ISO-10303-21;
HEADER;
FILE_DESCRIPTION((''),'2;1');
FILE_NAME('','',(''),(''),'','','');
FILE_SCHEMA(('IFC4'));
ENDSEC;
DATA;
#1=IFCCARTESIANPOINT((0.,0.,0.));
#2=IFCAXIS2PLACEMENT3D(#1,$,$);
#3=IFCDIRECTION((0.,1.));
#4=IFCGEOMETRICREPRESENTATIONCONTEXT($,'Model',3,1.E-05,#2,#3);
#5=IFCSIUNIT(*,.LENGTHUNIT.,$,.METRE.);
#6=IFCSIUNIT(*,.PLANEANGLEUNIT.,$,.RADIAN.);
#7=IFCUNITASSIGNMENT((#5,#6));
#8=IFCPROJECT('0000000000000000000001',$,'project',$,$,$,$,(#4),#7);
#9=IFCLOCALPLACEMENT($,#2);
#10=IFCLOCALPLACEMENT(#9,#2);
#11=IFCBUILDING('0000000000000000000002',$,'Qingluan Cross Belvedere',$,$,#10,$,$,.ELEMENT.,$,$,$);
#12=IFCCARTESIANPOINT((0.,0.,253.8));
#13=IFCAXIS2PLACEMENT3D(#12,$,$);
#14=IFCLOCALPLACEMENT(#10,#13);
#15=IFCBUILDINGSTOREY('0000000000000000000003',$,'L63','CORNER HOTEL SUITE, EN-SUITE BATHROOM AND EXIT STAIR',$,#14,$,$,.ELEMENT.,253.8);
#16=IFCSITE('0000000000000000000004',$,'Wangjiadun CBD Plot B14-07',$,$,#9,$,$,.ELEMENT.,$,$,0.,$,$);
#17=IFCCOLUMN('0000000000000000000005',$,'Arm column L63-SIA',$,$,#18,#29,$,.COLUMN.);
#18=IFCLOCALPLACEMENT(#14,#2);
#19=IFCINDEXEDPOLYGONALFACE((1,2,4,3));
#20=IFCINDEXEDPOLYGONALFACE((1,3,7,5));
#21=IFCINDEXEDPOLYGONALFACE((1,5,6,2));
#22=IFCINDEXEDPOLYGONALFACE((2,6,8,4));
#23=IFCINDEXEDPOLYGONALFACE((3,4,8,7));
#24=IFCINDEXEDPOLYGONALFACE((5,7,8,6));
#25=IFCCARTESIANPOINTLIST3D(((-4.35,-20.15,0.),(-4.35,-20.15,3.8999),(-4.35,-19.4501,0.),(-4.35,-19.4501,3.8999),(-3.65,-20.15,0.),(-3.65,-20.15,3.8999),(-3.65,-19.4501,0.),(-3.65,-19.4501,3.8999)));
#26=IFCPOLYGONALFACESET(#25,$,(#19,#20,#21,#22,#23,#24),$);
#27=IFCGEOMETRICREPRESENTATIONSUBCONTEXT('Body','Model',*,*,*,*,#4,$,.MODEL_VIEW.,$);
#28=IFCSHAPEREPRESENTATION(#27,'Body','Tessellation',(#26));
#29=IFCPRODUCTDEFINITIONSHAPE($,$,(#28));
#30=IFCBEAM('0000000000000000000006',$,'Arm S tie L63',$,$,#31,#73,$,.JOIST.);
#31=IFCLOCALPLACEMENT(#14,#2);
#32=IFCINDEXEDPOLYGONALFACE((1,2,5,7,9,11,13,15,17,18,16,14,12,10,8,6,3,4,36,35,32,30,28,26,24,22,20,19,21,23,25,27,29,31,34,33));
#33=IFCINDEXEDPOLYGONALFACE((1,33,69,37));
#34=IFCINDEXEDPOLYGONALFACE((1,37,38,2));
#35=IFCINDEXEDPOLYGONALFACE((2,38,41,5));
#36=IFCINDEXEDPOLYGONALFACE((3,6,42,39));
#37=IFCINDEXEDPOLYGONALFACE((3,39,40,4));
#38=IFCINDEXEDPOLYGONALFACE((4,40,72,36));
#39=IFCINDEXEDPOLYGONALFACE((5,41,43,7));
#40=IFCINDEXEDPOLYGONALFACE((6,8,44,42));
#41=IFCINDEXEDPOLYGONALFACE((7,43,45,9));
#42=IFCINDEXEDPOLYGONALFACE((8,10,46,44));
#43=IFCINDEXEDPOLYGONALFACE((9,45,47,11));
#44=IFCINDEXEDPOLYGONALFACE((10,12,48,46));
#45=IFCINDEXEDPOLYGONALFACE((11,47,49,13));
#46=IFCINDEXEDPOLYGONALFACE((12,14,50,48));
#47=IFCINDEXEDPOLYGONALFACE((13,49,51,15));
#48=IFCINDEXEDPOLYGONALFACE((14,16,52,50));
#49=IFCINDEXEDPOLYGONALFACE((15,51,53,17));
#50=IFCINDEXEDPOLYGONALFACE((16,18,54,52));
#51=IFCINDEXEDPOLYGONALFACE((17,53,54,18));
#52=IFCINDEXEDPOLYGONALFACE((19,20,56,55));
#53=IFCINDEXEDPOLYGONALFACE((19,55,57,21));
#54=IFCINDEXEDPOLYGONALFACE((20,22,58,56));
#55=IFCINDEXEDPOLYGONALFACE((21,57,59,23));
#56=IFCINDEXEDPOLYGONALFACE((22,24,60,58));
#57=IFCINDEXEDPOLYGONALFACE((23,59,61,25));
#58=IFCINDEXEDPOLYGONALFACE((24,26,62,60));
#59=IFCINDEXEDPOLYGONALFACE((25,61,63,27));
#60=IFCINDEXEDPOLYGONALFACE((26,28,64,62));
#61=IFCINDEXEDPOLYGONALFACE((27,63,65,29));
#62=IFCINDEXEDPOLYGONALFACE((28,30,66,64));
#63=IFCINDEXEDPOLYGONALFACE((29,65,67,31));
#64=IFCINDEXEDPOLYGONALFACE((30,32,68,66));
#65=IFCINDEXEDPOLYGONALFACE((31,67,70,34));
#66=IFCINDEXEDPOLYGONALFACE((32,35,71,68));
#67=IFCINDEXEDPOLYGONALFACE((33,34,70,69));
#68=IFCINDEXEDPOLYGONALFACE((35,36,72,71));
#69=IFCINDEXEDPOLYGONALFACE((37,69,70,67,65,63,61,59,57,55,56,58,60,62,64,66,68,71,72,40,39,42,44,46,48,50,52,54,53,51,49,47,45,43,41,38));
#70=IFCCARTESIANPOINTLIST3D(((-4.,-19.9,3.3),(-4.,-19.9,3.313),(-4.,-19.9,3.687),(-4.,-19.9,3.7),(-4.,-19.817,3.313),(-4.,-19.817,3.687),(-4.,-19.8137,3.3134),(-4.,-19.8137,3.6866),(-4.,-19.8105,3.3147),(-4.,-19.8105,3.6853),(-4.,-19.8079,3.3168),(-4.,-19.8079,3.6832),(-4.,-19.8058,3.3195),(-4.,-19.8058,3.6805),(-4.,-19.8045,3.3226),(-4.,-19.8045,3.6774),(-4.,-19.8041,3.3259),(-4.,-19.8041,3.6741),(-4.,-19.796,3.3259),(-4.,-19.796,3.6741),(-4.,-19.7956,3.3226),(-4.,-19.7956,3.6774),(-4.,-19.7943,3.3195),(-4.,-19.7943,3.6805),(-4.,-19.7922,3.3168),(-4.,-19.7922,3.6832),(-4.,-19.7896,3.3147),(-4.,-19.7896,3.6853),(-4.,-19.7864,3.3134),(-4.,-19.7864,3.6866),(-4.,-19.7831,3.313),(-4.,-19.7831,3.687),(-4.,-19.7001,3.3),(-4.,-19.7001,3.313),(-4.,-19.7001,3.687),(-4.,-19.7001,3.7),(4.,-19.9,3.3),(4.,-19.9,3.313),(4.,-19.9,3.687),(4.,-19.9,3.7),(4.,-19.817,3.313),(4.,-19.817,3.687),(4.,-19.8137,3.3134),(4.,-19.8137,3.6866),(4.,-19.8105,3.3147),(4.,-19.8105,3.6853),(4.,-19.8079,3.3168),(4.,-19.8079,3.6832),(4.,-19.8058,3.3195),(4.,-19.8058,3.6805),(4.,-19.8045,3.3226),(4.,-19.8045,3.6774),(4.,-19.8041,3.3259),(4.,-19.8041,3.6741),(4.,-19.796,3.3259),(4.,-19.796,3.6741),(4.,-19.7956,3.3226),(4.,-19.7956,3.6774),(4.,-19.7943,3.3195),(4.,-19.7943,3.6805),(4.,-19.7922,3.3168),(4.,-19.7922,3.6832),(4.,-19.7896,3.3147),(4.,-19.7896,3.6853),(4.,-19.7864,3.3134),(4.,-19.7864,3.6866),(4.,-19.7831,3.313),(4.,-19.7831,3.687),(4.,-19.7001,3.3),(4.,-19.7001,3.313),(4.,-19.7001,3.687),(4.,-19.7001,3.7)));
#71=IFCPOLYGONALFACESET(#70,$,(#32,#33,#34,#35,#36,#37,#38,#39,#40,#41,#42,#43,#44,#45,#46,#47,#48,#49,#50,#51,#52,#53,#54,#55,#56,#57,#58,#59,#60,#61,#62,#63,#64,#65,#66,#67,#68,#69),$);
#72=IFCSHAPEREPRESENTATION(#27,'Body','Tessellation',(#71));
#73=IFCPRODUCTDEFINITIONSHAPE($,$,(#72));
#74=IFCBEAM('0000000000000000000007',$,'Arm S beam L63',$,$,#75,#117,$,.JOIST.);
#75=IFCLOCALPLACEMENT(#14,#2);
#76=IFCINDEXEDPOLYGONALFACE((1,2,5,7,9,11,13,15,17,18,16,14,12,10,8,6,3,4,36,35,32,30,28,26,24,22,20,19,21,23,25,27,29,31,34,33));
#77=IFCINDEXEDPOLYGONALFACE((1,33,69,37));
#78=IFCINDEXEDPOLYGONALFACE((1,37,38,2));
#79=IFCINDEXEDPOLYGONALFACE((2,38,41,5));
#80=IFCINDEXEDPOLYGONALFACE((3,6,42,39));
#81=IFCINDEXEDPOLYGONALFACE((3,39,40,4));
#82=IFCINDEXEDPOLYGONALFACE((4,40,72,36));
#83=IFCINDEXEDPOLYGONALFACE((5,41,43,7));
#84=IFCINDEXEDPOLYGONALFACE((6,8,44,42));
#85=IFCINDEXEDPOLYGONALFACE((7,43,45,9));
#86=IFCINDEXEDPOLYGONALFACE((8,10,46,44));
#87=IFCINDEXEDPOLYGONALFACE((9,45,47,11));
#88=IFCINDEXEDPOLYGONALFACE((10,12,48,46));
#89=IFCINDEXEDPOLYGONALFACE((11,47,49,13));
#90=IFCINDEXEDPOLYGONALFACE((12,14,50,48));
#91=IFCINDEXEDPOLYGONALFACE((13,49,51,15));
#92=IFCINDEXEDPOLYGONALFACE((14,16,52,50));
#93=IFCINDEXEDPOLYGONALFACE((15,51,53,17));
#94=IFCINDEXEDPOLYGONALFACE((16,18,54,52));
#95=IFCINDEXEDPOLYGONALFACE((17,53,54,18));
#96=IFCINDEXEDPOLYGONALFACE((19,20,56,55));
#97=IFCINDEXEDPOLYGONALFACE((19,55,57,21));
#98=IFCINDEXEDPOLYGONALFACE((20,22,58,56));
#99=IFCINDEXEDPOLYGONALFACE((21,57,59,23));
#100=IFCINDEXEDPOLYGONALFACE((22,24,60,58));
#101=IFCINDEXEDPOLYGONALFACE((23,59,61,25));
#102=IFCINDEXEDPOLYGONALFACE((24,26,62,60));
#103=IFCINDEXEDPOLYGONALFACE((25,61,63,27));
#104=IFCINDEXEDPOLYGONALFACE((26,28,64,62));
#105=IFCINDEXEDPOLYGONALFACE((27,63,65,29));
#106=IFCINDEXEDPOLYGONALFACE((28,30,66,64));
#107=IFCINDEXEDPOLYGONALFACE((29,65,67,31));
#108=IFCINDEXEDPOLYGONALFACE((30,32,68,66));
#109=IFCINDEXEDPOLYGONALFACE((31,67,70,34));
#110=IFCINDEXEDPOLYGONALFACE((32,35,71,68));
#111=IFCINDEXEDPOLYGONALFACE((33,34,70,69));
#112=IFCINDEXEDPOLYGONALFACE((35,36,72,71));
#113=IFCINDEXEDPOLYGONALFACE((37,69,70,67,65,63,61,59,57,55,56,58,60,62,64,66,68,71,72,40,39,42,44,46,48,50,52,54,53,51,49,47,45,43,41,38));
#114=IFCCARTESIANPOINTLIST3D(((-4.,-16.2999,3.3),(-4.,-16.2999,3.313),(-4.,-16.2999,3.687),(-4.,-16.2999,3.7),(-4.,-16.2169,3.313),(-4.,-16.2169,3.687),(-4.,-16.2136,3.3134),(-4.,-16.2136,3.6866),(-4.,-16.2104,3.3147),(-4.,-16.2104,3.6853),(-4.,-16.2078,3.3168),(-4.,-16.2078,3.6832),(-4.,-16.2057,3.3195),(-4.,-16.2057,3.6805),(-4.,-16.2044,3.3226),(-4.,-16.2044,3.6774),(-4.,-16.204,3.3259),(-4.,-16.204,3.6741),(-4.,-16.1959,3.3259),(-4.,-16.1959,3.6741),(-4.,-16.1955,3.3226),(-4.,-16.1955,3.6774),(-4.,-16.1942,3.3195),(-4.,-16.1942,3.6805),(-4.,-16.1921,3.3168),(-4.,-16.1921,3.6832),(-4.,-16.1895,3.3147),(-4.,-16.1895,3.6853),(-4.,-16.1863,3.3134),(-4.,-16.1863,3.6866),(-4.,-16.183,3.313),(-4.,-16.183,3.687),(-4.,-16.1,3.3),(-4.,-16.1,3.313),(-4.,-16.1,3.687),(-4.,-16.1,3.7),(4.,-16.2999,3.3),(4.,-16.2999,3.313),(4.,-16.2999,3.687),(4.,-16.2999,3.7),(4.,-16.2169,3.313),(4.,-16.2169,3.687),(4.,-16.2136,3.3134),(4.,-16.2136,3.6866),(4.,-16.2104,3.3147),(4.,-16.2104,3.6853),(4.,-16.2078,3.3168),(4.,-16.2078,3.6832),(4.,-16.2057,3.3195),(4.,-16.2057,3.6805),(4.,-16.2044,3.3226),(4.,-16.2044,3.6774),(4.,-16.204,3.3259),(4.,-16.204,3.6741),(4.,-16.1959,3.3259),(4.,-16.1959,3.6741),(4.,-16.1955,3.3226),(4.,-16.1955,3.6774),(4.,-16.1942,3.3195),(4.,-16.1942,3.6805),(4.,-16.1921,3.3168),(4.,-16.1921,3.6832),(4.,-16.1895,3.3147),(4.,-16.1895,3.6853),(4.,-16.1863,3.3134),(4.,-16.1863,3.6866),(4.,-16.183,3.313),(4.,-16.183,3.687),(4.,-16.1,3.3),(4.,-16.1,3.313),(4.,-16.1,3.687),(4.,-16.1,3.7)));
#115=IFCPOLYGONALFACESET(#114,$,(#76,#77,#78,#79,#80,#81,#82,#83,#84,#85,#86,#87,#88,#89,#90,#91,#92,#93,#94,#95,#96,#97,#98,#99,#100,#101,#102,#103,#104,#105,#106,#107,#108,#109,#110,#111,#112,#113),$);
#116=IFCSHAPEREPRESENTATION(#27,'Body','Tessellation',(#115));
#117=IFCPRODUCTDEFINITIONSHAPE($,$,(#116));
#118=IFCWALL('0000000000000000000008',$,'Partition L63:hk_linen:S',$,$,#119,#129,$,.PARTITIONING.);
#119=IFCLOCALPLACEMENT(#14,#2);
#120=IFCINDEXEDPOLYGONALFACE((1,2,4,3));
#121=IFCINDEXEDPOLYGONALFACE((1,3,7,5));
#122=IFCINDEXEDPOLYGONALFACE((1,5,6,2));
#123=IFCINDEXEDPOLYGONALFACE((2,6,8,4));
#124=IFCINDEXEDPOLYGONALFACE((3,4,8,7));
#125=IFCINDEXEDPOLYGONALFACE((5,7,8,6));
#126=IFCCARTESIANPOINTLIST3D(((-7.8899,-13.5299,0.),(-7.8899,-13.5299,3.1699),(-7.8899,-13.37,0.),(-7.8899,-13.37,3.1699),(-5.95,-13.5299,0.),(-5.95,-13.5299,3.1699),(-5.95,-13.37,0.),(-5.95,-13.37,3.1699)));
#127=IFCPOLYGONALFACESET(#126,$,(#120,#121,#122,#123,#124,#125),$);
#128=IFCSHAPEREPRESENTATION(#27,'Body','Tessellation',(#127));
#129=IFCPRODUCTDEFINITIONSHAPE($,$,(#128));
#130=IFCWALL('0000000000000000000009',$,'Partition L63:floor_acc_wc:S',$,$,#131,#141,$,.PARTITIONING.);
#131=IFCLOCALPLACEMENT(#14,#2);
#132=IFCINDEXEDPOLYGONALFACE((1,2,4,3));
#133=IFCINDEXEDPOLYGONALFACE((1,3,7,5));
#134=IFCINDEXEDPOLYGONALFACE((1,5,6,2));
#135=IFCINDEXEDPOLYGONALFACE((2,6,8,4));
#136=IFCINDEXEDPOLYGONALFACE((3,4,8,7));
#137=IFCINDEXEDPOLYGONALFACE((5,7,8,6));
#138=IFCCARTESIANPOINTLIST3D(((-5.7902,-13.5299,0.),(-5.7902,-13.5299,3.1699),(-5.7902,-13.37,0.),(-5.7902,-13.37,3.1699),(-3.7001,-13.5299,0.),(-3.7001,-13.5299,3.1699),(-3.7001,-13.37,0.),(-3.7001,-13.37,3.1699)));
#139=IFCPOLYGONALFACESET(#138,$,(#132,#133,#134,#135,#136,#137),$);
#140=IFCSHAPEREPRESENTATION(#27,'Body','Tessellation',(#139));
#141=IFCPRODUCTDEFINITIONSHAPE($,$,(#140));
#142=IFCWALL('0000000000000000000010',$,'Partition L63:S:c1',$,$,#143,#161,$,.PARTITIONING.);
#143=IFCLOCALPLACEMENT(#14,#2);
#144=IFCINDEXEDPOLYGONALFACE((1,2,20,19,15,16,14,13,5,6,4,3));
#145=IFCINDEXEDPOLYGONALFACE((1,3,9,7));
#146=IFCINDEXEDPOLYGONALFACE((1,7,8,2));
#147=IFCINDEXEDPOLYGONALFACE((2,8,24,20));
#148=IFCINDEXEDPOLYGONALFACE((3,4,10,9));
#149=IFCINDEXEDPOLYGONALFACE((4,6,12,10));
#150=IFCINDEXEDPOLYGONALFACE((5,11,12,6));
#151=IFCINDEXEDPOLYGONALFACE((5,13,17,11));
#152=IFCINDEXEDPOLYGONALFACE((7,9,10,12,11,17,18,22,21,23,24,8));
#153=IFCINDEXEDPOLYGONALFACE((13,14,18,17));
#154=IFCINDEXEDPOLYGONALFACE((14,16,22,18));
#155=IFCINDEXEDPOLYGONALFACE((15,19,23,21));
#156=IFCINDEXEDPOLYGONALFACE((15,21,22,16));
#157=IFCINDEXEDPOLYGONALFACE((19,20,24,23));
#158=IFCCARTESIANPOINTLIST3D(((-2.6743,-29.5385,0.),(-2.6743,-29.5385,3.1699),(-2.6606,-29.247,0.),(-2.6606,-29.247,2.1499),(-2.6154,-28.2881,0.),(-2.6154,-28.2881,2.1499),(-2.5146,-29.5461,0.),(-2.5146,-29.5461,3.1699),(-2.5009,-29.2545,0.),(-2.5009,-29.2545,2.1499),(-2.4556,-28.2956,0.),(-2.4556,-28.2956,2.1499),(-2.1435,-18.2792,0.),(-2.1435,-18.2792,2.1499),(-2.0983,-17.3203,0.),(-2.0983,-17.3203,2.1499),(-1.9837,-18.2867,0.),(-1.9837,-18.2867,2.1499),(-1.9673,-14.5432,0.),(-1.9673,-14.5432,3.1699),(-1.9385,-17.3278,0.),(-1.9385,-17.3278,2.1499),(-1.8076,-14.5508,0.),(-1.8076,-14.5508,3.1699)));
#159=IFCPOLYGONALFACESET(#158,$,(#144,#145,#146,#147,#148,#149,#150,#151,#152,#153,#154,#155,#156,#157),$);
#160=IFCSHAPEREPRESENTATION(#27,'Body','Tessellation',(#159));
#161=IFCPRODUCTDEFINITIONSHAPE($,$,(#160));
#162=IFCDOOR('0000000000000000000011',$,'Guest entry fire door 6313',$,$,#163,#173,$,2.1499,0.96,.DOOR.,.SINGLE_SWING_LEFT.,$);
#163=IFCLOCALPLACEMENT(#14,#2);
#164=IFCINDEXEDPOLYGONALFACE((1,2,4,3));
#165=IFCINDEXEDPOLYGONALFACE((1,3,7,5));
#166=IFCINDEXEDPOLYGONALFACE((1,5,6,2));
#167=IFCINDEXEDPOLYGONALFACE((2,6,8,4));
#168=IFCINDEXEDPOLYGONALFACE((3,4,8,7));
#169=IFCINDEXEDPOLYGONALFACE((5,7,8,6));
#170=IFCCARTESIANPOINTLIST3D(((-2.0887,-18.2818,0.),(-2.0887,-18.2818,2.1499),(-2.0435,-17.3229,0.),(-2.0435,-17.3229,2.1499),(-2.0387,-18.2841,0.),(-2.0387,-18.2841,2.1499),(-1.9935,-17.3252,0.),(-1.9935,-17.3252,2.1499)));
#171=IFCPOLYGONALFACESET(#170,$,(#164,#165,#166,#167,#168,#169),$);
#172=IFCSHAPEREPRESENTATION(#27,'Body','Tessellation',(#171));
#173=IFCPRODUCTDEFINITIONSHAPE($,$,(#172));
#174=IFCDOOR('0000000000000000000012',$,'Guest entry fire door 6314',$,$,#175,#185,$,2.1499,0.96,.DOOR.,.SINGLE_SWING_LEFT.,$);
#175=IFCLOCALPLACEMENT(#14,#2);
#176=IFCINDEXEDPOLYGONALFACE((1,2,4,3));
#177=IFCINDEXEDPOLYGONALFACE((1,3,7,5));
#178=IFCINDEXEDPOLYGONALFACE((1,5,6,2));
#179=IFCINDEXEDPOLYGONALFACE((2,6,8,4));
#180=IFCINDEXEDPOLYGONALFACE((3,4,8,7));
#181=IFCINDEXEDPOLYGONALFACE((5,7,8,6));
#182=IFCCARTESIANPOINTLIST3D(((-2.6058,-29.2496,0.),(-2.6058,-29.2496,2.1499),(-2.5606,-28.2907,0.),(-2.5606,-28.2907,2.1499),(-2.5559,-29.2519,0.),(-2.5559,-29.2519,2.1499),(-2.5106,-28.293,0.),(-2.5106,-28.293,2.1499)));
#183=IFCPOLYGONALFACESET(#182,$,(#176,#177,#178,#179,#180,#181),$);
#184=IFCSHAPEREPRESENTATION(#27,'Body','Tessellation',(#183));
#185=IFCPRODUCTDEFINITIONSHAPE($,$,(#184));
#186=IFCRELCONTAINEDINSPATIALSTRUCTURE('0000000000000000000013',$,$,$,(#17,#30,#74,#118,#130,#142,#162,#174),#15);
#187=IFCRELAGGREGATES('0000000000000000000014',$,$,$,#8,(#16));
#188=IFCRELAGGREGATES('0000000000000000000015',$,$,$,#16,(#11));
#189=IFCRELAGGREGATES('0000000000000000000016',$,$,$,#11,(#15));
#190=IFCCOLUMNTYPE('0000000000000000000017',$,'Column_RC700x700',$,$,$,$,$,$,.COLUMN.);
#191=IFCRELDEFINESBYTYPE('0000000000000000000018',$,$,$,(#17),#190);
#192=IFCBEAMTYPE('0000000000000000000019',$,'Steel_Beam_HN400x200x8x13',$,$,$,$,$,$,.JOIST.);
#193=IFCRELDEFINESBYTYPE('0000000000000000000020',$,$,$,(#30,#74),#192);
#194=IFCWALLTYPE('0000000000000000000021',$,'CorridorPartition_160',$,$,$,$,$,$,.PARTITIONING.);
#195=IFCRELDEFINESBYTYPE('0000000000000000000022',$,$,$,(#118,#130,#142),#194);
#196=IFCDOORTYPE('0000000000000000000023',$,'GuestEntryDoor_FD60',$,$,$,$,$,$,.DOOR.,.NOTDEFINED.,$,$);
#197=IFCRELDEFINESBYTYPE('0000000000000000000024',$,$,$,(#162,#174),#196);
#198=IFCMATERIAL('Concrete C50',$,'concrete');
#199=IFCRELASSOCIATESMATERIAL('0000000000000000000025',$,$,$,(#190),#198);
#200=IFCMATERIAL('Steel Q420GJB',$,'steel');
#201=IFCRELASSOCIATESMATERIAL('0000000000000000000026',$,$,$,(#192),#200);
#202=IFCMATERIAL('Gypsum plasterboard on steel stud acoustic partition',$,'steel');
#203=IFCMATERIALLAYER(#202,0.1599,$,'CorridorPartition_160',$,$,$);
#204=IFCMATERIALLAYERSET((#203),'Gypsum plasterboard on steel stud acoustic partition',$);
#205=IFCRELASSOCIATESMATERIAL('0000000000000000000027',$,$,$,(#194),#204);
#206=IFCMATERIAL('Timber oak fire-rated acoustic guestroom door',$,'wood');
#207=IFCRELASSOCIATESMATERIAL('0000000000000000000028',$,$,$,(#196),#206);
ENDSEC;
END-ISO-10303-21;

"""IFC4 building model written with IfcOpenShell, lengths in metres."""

from ifc_helpers import new_model, si_unit, direction, frame, frame_2d, origin, origin_2d, place, context, subcontext, project, spatial, rectangle, i_section, extrude, material, layer, layer_set, material_profile, profile_set, type_object, element, fill, save


model = new_model("IFC4")

# Units and contexts
model_context = context("Model", 3, precision=1e-05, world=origin(), true_north=direction((0.0, 1.0)))
body_context = subcontext(model_context, "Body", "Model", "MODEL_VIEW")
ifc_project = project(units=[si_unit("LENGTHUNIT", "METRE"), si_unit("PLANEANGLEUNIT", "RADIAN")], contexts=[model_context])

# Site, building, storey
site_placement = place(None, origin())
site = spatial("IfcSite", under=ifc_project, at=site_placement, Name="Wangjiadun CBD Plot B14-07", CompositionType="ELEMENT", RefElevation=0.0)
building_placement = place(site_placement, origin())
building = spatial("IfcBuilding", under=site, at=building_placement, Name="Qingluan Cross Belvedere", CompositionType="ELEMENT")
storey_placement = place(building_placement, frame((0.0, 0.0, 253.8)))
storey = spatial("IfcBuildingStorey", under=building, at=storey_placement, Name="L63", Description="CORNER HOTEL SUITE, EN-SUITE BATHROOM AND EXIT STAIR", CompositionType="ELEMENT", Elevation=253.8)

# Column
ifc_material_1 = material(Name="Concrete C50", Category="concrete")
ifc_material_profile_1 = material_profile(ifc_material_1, rectangle(XDim=0.7, YDim=0.7, at=origin_2d()), Name="RC700x700")
ifc_profile_set_1 = profile_set([ifc_material_profile_1], Name="Concrete C50")
column_type = type_object("IfcColumnType", Name="Column_RC700x700", PredefinedType="COLUMN", material=ifc_profile_set_1)
column_placement = place(storey_placement, frame((-4.0, -19.8, 0.0), z_axis=(0.0, 0.0, 1.0), x_axis=(1.0, 0.0, 0.0)))
element("IfcColumn", 1, at=column_placement, inside=storey, type_object=column_type, Name="Arm column L63-SIA", PredefinedType="COLUMN", context=body_context, shape_type="SweptSolid", body=[
    extrude(rectangle(XDim=0.7, YDim=0.7, at=origin_2d()), origin(), (0.0, 0.0, 1.0), 3.8999),
])

# Beams
ifc_material_2 = material(Name="Steel Q420GJB", Category="steel")
ifc_material_profile_2 = material_profile(ifc_material_2, i_section(OverallWidth=0.2, OverallDepth=0.3999, WebThickness=0.0081, FlangeThickness=0.0129, FilletRadius=0.0129, at=origin_2d()), Name="HN400x200x8x13")
ifc_profile_set_2 = profile_set([ifc_material_profile_2], Name="Steel Q420GJB")
beam_type = type_object("IfcBeamType", Name="Steel_Beam_HN400x200x8x13", PredefinedType="JOIST", material=ifc_profile_set_2)
for number, where, z_axis, x_axis, name in (
    (2, (-4.0, -19.8, 3.5), (1.0, 0.0, 0.0), (0.0, 1.0, 0.0), "Arm S tie L63"),
    (3, (-4.0, -16.2, 3.5), (1.0, 0.0, 0.0), (0.0, 1.0, 0.0), "Arm S beam L63"),
):
    element("IfcBeam", number, at=place(storey_placement, frame(where, z_axis=z_axis, x_axis=x_axis)), inside=storey, type_object=beam_type, Name=name, PredefinedType="JOIST", context=body_context, shape_type="SweptSolid", body=[
        extrude(i_section(OverallWidth=0.2, OverallDepth=0.3999, WebThickness=0.0081, FlangeThickness=0.0129, FilletRadius=0.0129, at=origin_2d()), origin(), (0.0, 0.0, 1.0), 8.0),
    ])

# Walls
ifc_material_3 = material(Name="Gypsum plasterboard on steel stud acoustic partition", Category="steel")
ifc_layer_1 = layer(ifc_material_3, 0.1599, Name="CorridorPartition_160")
ifc_layer_set_1 = layer_set([ifc_layer_1], Name="Gypsum plasterboard on steel stud acoustic partition")
wall_type_1 = type_object("IfcWallType", Name="CorridorPartition_160", PredefinedType="PARTITIONING", material=ifc_layer_set_1)
wall_1_placement = place(storey_placement, frame((-7.8899, -13.45, 0.0), z_axis=(0.0, 0.0, 1.0), x_axis=(1.0, 0.0, 0.0)))
element("IfcWall", 4, at=wall_1_placement, inside=storey, type_object=wall_type_1, Name="Partition L63:hk_linen:S", PredefinedType="PARTITIONING", context=body_context, shape_type="SweptSolid", body=[
    extrude(rectangle(XDim=1.9399, YDim=0.1599, at=frame_2d((0.97, 0.0))), origin(), (0.0, 0.0, 1.0), 3.1699),
])
wall_2_placement = place(storey_placement, frame((-5.79, -13.45, 0.0), z_axis=(0.0, 0.0, 1.0), x_axis=(1.0, 0.0, 0.0)))
element("IfcWall", 5, at=wall_2_placement, inside=storey, type_object=wall_type_1, Name="Partition L63:floor_acc_wc:S", PredefinedType="PARTITIONING", context=body_context, shape_type="SweptSolid", body=[
    extrude(rectangle(XDim=2.0901, YDim=0.1599, at=frame_2d((1.0449, 0.0))), origin(), (0.0, 0.0, 1.0), 3.1699),
])

# Wall, openings, doors
wall_3_placement = place(storey_placement, frame((-1.8875, -14.5471, 0.0), z_axis=(0.0, 0.0, 1.0), x_axis=(-0.047098, -0.99889, 0.0)))
wall_3 = element("IfcWall", 6, at=wall_3_placement, inside=storey, type_object=wall_type_1, Name="Partition L63:S:c1", PredefinedType="PARTITIONING", context=body_context, shape_type="SweptSolid", body=[
    extrude(rectangle(XDim=15.012, YDim=0.1599, at=frame_2d((7.5059, 0.0))), origin(), (0.0, 0.0, 1.0), 3.1699),
])
opening_1_placement = place(wall_3_placement, frame((2.78, 0.0, 0.0)))
opening_1 = element("IfcOpeningElement", 7, at=opening_1_placement, cuts=wall_3, PredefinedType="OPENING", context=body_context, shape_type="SweptSolid", body=[
    extrude(rectangle(XDim=0.96, YDim=2.1499, at=frame_2d((0.48, 1.075))), frame((0.0, 0.0898, 0.0), z_axis=(0.0, -1.0, 0.0), x_axis=(1.0, 0.0, 0.0)), (0.0, 0.0, 1.0), 0.1799),
])
opening_2_placement = place(wall_3_placement, frame((13.76, 0.0, 0.0)))
opening_2 = element("IfcOpeningElement", 8, at=opening_2_placement, cuts=wall_3, PredefinedType="OPENING", context=body_context, shape_type="SweptSolid", body=[
    extrude(rectangle(XDim=0.96, YDim=2.1499, at=frame_2d((0.48, 1.075))), frame((0.0, 0.0898, 0.0), z_axis=(0.0, -1.0, 0.0), x_axis=(1.0, 0.0, 0.0)), (0.0, 0.0, 1.0), 0.1799),
])
ifc_material_4 = material(Name="Timber oak fire-rated acoustic guestroom door", Category="wood")
door_type_1 = type_object("IfcDoorType", Name="GuestEntryDoor_FD60", OperationType="NOTDEFINED", PredefinedType="DOOR", material=ifc_material_4)
door_1_placement = place(opening_1_placement, origin())
door_1 = element("IfcDoor", 9, at=door_1_placement, inside=storey, type_object=door_type_1, Name="Guest entry fire door 6313", OperationType="SINGLE_SWING_LEFT", OverallHeight=2.1499, OverallWidth=0.96, PredefinedType="DOOR", context=body_context, shape_type="SweptSolid", body=[
    extrude(rectangle(XDim=0.96, YDim=2.1499, at=frame_2d((0.48, 1.075))), frame((0.0, 0.0249, 0.0), z_axis=(0.0, -1.0, 0.0), x_axis=(1.0, 0.0, 0.0)), (0.0, 0.0, 1.0), 0.05),
])
fill(opening_1, door_1)
door_2_placement = place(opening_2_placement, origin())
door_2 = element("IfcDoor", 10, at=door_2_placement, inside=storey, type_object=door_type_1, Name="Guest entry fire door 6314", OperationType="SINGLE_SWING_LEFT", OverallHeight=2.1499, OverallWidth=0.96, PredefinedType="DOOR", context=body_context, shape_type="SweptSolid", body=[
    extrude(rectangle(XDim=0.96, YDim=2.1499, at=frame_2d((0.48, 1.075))), frame((0.0, 0.0249, 0.0), z_axis=(0.0, -1.0, 0.0), x_axis=(1.0, 0.0, 0.0)), (0.0, 0.0, 1.0), 0.05),
])
fill(opening_2, door_2)

save(model, "model.ifc")
